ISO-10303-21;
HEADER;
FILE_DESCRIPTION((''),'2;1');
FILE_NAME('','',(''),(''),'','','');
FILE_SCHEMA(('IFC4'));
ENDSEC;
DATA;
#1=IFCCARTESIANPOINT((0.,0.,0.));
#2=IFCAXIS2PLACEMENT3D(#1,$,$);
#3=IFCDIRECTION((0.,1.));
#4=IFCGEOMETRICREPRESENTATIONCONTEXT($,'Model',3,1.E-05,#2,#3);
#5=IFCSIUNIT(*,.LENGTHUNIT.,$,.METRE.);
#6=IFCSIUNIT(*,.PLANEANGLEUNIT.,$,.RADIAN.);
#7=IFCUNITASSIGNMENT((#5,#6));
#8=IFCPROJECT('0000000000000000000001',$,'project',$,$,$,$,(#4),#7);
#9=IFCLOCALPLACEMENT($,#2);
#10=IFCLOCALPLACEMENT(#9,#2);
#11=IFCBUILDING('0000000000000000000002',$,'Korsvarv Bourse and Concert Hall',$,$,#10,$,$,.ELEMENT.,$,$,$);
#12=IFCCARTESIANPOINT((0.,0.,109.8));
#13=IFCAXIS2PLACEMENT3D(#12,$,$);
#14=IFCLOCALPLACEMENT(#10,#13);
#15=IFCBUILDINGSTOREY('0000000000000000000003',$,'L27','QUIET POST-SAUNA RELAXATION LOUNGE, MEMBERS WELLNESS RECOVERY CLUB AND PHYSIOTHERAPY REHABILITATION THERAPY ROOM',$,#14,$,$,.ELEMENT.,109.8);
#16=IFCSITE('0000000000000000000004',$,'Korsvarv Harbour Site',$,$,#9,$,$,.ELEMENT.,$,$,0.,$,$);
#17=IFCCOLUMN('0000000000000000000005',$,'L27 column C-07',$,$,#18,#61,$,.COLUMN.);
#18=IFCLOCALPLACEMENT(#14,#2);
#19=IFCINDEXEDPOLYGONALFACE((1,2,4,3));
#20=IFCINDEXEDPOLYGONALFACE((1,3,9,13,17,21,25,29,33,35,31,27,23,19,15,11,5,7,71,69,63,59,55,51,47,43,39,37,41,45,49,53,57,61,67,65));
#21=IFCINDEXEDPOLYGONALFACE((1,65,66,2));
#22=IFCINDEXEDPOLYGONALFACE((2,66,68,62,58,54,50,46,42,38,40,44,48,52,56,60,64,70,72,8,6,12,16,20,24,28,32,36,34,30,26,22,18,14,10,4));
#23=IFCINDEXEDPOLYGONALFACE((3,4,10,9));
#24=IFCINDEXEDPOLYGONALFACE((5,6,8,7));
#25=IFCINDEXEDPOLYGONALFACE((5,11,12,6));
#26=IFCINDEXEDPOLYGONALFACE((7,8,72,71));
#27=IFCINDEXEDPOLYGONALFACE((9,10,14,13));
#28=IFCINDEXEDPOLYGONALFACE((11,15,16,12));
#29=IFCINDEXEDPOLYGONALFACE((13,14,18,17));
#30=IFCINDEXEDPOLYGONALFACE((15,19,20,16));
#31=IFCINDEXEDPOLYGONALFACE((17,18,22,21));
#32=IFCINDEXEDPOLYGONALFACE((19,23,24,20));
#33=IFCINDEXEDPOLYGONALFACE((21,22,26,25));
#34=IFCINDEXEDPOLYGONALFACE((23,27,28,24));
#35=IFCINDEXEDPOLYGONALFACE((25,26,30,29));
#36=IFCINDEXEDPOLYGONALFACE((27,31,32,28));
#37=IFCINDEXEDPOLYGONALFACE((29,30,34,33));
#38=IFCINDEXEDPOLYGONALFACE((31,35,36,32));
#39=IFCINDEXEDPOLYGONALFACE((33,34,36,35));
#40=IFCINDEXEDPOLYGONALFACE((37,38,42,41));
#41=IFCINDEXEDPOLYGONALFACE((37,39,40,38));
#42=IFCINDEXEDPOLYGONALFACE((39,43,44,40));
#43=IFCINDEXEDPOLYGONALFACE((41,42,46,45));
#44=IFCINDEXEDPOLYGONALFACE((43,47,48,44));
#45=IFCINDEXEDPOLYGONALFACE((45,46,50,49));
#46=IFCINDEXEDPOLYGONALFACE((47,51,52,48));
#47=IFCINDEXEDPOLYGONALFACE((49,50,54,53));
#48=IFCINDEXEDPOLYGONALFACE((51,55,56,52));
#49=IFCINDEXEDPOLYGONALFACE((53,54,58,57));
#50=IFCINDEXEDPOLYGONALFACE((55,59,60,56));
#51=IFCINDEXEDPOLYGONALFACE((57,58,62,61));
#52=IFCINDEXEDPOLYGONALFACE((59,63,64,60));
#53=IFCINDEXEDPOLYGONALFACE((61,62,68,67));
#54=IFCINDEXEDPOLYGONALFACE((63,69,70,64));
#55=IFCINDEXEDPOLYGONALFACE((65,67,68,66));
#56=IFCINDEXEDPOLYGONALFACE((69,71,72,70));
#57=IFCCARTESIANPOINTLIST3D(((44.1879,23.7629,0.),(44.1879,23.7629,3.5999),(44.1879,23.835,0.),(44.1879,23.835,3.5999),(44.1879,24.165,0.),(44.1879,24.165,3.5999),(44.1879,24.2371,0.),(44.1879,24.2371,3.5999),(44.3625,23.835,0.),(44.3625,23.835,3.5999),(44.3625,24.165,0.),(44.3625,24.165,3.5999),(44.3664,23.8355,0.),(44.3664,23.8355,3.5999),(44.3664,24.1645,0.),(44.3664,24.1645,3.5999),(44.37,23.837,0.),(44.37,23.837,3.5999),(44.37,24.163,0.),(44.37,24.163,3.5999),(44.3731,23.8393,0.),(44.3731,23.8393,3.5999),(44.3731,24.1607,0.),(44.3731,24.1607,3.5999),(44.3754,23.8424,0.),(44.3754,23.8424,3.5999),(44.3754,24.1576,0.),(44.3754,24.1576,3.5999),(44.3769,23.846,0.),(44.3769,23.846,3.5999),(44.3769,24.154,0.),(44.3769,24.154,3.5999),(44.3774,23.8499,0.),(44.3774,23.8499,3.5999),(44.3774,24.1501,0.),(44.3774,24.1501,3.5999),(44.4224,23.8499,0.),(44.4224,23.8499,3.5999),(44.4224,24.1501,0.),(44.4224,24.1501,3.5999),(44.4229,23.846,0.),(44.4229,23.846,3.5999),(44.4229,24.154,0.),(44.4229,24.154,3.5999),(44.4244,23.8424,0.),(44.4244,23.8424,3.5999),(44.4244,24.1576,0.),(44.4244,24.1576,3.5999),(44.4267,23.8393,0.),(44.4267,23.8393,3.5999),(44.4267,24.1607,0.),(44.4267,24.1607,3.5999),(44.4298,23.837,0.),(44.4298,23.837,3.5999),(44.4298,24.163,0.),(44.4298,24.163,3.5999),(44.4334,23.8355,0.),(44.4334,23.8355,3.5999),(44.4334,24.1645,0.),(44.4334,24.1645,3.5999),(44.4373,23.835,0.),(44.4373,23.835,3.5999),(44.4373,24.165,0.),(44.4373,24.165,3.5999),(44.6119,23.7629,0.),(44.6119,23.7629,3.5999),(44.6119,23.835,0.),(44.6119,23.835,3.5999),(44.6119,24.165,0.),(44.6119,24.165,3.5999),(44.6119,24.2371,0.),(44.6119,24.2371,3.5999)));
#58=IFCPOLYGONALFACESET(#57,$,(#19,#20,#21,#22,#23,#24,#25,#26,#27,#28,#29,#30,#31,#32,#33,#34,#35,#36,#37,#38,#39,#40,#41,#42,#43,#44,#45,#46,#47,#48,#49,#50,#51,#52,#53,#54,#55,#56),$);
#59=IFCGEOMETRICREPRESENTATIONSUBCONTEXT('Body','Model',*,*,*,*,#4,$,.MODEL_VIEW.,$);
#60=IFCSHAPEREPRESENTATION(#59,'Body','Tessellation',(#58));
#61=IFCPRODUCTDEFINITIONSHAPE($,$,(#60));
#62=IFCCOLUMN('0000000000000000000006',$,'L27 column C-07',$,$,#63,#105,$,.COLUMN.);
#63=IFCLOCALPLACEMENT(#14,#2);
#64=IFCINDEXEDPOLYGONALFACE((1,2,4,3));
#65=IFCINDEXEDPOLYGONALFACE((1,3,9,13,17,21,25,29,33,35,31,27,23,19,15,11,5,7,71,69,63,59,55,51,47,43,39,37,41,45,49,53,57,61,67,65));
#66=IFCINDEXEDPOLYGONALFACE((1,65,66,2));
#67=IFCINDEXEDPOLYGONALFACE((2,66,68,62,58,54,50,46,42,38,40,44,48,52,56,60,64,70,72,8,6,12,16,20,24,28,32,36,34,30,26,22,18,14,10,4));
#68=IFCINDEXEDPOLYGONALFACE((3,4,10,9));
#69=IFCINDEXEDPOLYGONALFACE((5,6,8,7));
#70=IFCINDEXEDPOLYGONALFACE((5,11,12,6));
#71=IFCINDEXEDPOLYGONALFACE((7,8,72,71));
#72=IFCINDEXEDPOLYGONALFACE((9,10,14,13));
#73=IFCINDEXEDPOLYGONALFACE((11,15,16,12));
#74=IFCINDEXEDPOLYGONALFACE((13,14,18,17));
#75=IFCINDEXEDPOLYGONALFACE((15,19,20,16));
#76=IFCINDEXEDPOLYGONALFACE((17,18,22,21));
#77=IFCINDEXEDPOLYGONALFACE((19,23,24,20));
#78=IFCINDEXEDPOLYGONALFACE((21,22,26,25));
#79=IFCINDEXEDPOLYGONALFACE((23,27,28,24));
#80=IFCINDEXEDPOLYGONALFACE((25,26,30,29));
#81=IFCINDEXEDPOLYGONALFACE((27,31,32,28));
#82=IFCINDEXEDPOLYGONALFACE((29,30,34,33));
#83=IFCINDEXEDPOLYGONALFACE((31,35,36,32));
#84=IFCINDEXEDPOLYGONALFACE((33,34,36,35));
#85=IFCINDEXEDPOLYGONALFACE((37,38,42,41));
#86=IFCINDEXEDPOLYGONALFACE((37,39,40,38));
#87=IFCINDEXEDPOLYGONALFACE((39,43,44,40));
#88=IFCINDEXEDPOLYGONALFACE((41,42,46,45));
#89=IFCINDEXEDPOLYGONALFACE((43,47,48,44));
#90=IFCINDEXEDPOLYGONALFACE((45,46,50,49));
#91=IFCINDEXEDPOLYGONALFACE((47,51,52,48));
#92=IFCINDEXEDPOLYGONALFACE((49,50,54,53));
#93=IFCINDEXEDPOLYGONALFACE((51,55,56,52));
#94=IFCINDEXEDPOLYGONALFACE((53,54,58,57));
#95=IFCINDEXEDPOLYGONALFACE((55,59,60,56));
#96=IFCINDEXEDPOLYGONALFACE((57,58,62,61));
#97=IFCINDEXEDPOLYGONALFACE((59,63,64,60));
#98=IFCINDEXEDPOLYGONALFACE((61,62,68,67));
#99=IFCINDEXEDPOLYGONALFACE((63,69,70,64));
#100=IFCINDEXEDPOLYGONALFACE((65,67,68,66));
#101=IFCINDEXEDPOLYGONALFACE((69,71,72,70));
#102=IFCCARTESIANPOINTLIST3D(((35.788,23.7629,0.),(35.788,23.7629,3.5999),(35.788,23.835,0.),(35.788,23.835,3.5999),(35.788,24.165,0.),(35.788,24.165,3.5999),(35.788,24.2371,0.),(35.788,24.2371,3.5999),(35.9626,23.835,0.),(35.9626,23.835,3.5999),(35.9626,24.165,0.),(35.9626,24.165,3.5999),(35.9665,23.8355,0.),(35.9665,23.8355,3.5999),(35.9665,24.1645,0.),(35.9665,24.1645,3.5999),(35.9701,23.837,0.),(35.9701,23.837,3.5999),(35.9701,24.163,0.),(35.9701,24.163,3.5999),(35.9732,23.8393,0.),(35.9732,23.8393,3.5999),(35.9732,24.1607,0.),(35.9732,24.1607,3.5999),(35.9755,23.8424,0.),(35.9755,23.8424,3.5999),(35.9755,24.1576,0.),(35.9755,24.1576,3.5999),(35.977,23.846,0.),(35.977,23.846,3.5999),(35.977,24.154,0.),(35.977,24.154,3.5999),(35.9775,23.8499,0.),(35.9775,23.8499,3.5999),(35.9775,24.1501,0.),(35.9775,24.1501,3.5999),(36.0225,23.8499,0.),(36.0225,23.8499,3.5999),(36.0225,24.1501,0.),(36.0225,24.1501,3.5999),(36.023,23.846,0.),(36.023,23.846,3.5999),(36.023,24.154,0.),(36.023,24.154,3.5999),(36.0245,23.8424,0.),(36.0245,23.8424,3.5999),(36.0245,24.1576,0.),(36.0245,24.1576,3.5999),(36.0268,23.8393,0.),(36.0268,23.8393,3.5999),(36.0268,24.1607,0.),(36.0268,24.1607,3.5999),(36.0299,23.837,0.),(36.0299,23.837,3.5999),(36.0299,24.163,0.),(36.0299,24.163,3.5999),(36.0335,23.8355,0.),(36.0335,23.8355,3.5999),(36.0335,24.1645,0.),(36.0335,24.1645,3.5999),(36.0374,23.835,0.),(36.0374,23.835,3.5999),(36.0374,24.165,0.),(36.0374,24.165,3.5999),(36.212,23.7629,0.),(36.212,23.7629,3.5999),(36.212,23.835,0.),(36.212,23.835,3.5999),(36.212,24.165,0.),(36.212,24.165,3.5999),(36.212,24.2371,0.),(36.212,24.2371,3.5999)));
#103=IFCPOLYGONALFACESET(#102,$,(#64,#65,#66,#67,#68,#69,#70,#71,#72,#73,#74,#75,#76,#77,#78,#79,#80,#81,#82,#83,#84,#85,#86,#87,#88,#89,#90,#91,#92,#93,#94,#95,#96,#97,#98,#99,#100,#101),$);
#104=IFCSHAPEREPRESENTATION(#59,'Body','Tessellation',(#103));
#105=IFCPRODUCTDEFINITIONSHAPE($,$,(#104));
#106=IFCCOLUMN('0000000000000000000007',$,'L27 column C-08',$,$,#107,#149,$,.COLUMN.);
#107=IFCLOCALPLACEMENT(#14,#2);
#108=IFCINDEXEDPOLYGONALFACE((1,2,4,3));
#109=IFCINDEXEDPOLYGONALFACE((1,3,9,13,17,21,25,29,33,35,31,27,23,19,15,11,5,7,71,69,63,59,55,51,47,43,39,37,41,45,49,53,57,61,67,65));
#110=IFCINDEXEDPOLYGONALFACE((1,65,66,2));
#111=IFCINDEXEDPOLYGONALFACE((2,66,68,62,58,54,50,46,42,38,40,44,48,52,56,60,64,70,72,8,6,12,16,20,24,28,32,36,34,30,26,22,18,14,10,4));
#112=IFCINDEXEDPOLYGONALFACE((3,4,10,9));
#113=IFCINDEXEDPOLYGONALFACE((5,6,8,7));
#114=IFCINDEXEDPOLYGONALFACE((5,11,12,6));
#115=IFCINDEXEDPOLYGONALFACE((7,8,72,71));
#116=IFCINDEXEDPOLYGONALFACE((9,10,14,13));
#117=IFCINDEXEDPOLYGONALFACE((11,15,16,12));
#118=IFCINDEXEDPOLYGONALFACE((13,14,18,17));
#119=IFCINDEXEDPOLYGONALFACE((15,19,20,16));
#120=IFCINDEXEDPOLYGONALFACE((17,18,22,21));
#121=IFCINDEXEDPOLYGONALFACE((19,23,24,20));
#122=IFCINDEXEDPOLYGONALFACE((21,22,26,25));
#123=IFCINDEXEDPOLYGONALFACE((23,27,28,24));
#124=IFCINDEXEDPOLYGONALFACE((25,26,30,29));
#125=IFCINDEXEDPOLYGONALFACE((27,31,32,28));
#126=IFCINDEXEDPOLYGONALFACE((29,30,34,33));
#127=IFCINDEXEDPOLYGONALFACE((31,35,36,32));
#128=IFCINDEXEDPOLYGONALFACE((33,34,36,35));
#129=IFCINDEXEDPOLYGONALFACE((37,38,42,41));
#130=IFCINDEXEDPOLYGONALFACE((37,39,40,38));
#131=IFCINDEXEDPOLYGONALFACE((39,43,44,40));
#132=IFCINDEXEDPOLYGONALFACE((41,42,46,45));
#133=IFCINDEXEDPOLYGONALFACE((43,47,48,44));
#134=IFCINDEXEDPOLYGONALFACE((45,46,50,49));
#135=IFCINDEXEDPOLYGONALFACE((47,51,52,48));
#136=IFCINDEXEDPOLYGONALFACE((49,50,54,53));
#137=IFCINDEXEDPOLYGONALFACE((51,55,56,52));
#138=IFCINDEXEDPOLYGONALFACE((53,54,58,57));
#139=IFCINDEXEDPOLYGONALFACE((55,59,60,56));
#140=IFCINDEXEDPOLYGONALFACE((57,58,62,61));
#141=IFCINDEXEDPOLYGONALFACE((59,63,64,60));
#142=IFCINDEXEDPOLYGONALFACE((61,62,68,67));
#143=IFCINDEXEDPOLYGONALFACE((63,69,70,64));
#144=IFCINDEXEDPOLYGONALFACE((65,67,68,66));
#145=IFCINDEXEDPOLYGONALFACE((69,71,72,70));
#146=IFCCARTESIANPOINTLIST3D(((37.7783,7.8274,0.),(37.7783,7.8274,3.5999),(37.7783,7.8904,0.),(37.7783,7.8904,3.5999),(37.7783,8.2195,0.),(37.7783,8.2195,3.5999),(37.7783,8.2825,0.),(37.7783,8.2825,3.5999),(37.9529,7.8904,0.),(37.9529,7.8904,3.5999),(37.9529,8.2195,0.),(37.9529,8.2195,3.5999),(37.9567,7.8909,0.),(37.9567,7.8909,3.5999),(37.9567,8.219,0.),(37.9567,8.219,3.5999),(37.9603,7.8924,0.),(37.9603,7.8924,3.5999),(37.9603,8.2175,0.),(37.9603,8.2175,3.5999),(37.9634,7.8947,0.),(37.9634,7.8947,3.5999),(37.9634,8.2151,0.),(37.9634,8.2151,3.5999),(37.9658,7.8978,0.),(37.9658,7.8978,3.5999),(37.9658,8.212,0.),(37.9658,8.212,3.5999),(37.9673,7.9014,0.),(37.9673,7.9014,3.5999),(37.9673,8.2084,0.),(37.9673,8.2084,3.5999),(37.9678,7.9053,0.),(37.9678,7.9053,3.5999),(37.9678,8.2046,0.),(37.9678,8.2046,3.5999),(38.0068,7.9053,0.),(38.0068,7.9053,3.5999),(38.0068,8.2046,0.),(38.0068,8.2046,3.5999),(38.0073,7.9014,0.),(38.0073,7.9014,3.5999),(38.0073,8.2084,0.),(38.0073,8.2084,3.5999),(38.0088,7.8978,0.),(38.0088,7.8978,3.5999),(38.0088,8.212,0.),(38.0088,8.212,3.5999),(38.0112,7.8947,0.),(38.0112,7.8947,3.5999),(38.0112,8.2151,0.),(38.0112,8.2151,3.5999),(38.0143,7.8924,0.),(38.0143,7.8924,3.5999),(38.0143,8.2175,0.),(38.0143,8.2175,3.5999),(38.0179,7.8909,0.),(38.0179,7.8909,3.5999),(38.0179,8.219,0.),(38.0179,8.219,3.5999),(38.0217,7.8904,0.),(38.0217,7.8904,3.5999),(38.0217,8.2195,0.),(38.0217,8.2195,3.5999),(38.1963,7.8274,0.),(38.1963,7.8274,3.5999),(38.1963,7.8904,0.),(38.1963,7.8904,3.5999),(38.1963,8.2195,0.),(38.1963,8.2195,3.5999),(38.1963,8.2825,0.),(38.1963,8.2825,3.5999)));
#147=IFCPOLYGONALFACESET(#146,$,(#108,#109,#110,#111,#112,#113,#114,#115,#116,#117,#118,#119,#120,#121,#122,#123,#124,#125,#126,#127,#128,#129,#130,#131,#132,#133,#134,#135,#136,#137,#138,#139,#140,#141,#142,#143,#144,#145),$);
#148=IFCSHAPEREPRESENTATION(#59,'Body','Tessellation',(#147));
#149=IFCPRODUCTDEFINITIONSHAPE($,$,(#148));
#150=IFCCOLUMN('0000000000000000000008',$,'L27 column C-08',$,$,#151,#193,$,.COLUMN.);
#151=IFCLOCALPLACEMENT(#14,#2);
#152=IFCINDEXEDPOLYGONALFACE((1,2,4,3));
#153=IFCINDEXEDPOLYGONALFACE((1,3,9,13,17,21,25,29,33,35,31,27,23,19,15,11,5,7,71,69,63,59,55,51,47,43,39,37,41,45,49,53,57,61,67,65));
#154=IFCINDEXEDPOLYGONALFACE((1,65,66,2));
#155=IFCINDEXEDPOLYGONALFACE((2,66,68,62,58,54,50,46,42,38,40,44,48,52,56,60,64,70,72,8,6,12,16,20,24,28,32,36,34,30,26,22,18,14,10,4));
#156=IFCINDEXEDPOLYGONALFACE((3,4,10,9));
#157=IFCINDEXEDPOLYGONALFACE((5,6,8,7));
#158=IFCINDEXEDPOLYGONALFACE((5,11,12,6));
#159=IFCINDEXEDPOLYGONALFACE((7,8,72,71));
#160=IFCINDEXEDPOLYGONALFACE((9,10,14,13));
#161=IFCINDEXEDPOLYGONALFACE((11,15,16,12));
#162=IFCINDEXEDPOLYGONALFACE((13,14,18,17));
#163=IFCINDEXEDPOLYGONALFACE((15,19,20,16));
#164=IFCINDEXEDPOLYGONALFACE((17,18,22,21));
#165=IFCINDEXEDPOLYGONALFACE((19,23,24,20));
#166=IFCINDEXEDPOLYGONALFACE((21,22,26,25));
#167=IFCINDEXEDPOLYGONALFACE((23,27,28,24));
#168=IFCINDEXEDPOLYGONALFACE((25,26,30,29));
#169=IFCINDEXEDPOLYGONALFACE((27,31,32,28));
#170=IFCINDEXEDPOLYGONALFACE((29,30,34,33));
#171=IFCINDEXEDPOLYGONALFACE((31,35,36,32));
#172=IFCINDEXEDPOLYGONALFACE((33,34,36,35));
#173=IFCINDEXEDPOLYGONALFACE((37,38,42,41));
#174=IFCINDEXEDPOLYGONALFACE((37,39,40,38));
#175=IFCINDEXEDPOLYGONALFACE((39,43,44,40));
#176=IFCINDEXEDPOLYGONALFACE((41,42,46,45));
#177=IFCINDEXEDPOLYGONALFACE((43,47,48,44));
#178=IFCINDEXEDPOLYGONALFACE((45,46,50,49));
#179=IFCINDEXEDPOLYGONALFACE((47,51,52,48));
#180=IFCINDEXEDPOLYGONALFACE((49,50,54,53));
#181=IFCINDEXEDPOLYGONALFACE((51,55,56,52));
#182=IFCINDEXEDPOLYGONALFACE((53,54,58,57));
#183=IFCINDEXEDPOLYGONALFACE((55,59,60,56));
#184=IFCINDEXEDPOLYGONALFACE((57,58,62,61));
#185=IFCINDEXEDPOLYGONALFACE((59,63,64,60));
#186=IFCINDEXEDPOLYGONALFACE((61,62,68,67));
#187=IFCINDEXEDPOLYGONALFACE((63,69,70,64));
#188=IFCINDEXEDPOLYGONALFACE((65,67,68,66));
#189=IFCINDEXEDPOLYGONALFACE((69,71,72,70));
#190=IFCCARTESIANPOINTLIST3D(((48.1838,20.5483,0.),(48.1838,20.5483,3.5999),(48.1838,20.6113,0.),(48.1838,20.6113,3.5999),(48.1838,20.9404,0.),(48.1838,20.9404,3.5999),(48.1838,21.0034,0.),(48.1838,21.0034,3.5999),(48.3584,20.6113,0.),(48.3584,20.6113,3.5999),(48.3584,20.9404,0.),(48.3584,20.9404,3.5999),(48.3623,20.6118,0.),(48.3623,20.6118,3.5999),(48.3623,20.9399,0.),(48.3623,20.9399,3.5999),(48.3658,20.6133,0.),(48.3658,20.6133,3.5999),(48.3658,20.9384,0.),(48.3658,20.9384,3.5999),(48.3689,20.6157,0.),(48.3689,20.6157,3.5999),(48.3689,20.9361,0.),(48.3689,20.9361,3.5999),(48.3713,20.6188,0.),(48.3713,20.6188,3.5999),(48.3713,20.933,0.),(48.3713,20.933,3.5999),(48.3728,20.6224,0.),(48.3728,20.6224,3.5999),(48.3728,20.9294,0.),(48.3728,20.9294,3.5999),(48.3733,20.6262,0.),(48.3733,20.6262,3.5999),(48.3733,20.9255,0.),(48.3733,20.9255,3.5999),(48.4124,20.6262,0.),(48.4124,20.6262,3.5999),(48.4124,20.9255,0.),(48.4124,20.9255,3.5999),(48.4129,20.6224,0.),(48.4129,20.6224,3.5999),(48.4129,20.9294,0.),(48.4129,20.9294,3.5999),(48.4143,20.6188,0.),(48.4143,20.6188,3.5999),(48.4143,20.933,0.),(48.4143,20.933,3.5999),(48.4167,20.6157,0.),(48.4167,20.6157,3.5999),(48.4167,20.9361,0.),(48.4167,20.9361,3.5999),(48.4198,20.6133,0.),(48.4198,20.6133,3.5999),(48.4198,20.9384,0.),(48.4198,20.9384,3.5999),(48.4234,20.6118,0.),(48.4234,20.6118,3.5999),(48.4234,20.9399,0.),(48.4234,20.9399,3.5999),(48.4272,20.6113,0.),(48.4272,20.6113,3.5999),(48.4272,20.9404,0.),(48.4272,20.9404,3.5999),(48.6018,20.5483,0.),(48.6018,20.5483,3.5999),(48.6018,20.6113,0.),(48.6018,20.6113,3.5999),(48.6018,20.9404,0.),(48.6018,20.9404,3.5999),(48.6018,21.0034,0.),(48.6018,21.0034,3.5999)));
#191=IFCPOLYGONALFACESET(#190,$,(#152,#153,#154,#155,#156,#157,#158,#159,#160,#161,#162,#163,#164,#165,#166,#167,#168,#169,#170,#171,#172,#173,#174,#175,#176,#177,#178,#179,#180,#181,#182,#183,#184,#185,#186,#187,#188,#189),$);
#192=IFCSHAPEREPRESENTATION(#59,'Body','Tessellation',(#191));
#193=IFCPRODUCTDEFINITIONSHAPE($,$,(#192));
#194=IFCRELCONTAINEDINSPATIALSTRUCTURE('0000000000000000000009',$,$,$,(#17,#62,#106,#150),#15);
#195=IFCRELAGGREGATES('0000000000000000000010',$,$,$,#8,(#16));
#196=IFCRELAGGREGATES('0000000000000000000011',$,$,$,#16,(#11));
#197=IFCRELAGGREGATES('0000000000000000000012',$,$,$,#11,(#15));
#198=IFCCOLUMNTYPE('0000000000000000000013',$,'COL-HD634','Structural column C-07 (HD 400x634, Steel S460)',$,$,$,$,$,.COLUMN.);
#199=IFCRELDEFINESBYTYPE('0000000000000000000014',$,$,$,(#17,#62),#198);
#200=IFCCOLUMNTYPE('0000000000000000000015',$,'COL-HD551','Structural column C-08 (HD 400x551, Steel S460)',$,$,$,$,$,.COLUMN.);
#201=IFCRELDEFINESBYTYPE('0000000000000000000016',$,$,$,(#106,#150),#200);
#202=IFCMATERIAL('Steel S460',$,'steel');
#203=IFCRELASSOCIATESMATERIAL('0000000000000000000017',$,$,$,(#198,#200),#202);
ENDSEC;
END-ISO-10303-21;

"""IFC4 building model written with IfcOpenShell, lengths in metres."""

from ifc_helpers import new_model, si_unit, direction, frame, origin, origin_2d, place, context, subcontext, project, spatial, i_section, extrude, source, transform, mapped, material, material_profile, profile_set, type_object, element, save


model = new_model("IFC4")

# Units and contexts
model_context = context("Model", 3, precision=1e-05, world=origin(), true_north=direction((0.0, 1.0)))
body_context = subcontext(model_context, "Body", "Model", "MODEL_VIEW")
ifc_project = project(units=[si_unit("LENGTHUNIT", "METRE"), si_unit("PLANEANGLEUNIT", "RADIAN")], contexts=[model_context])

# Site, building, storey
site_placement = place(None, origin())
site = spatial("IfcSite", under=ifc_project, at=site_placement, Name="Korsvarv Harbour Site", CompositionType="ELEMENT", RefElevation=0.0)
building_placement = place(site_placement, origin())
building = spatial("IfcBuilding", under=site, at=building_placement, Name="Korsvarv Bourse and Concert Hall", CompositionType="ELEMENT")
storey_placement = place(building_placement, frame((0.0, 0.0, 109.8)))
storey = spatial("IfcBuildingStorey", under=building, at=storey_placement, Name="L27", Description="QUIET POST-SAUNA RELAXATION LOUNGE, MEMBERS WELLNESS RECOVERY CLUB AND PHYSIOTHERAPY REHABILITATION THERAPY ROOM", CompositionType="ELEMENT", Elevation=109.8)

# Columns
ifc_material_1 = material(Name="Steel S460", Category="steel")
ifc_material_profile_1 = material_profile(ifc_material_1, i_section(OverallWidth=0.4241, OverallDepth=0.4741, WebThickness=0.0449, FlangeThickness=0.072, FilletRadius=0.0149, at=origin_2d()), Name="HD 400x634")
ifc_profile_set_1 = profile_set([ifc_material_profile_1], Name="Steel S460")
column_type_1 = type_object("IfcColumnType", Name="COL-HD634", Description="Structural column C-07 (HD 400x634, Steel S460)", PredefinedType="COLUMN", material=ifc_profile_set_1)
shared_shape_1 = source(origin(), body_context, "Body", "SweptSolid", [
    extrude(i_section(OverallWidth=0.4241, OverallDepth=0.4741, WebThickness=0.0449, FlangeThickness=0.072, FilletRadius=0.0149, at=origin_2d()), origin(), (0.0, 0.0, 1.0), 3.5999),
])
for number, where, z_axis, x_axis, name in (
    (1, (44.3999, 24.0, 0.0), (0.0, 0.0, 1.0), (1.0, 0.0, 0.0), "L27 column C-07"),
    (2, (36.0, 24.0, 0.0), (0.0, 0.0, 1.0), (1.0, 0.0, 0.0), "L27 column C-07"),
):
    element("IfcColumn", number, at=place(storey_placement, frame(where, z_axis=z_axis, x_axis=x_axis)), inside=storey, type_object=column_type_1, Name=name, PredefinedType="COLUMN", context=body_context, shape_type="MappedRepresentation", body=[
        mapped(shared_shape_1, transform((0.0, 0.0, 0.0), scale=1.0)),
    ])
ifc_material_profile_2 = material_profile(ifc_material_1, i_section(OverallWidth=0.418, OverallDepth=0.4551, WebThickness=0.0391, FlangeThickness=0.063, FilletRadius=0.0149, at=origin_2d()), Name="HD 400x551")
ifc_profile_set_2 = profile_set([ifc_material_profile_2], Name="Steel S460")
column_type_2 = type_object("IfcColumnType", Name="COL-HD551", Description="Structural column C-08 (HD 400x551, Steel S460)", PredefinedType="COLUMN", material=ifc_profile_set_2)
shared_shape_2 = source(origin(), body_context, "Body", "SweptSolid", [
    extrude(i_section(OverallWidth=0.418, OverallDepth=0.4551, WebThickness=0.0391, FlangeThickness=0.063, FilletRadius=0.0149, at=origin_2d()), origin(), (0.0, 0.0, 1.0), 3.5999),
])
for number, where, z_axis, x_axis, name in (
    (3, (37.9873, 8.0549, 0.0), (0.0, 0.0, 1.0), (1.0, 0.0, 0.0), "L27 column C-08"),
    (4, (48.3928, 20.7759, 0.0), (0.0, 0.0, 1.0), (1.0, 0.0, 0.0), "L27 column C-08"),
):
    element("IfcColumn", number, at=place(storey_placement, frame(where, z_axis=z_axis, x_axis=x_axis)), inside=storey, type_object=column_type_2, Name=name, PredefinedType="COLUMN", context=body_context, shape_type="MappedRepresentation", body=[
        mapped(shared_shape_2, transform((0.0, 0.0, 0.0), scale=1.0)),
    ])

save(model, "model.ifc")
